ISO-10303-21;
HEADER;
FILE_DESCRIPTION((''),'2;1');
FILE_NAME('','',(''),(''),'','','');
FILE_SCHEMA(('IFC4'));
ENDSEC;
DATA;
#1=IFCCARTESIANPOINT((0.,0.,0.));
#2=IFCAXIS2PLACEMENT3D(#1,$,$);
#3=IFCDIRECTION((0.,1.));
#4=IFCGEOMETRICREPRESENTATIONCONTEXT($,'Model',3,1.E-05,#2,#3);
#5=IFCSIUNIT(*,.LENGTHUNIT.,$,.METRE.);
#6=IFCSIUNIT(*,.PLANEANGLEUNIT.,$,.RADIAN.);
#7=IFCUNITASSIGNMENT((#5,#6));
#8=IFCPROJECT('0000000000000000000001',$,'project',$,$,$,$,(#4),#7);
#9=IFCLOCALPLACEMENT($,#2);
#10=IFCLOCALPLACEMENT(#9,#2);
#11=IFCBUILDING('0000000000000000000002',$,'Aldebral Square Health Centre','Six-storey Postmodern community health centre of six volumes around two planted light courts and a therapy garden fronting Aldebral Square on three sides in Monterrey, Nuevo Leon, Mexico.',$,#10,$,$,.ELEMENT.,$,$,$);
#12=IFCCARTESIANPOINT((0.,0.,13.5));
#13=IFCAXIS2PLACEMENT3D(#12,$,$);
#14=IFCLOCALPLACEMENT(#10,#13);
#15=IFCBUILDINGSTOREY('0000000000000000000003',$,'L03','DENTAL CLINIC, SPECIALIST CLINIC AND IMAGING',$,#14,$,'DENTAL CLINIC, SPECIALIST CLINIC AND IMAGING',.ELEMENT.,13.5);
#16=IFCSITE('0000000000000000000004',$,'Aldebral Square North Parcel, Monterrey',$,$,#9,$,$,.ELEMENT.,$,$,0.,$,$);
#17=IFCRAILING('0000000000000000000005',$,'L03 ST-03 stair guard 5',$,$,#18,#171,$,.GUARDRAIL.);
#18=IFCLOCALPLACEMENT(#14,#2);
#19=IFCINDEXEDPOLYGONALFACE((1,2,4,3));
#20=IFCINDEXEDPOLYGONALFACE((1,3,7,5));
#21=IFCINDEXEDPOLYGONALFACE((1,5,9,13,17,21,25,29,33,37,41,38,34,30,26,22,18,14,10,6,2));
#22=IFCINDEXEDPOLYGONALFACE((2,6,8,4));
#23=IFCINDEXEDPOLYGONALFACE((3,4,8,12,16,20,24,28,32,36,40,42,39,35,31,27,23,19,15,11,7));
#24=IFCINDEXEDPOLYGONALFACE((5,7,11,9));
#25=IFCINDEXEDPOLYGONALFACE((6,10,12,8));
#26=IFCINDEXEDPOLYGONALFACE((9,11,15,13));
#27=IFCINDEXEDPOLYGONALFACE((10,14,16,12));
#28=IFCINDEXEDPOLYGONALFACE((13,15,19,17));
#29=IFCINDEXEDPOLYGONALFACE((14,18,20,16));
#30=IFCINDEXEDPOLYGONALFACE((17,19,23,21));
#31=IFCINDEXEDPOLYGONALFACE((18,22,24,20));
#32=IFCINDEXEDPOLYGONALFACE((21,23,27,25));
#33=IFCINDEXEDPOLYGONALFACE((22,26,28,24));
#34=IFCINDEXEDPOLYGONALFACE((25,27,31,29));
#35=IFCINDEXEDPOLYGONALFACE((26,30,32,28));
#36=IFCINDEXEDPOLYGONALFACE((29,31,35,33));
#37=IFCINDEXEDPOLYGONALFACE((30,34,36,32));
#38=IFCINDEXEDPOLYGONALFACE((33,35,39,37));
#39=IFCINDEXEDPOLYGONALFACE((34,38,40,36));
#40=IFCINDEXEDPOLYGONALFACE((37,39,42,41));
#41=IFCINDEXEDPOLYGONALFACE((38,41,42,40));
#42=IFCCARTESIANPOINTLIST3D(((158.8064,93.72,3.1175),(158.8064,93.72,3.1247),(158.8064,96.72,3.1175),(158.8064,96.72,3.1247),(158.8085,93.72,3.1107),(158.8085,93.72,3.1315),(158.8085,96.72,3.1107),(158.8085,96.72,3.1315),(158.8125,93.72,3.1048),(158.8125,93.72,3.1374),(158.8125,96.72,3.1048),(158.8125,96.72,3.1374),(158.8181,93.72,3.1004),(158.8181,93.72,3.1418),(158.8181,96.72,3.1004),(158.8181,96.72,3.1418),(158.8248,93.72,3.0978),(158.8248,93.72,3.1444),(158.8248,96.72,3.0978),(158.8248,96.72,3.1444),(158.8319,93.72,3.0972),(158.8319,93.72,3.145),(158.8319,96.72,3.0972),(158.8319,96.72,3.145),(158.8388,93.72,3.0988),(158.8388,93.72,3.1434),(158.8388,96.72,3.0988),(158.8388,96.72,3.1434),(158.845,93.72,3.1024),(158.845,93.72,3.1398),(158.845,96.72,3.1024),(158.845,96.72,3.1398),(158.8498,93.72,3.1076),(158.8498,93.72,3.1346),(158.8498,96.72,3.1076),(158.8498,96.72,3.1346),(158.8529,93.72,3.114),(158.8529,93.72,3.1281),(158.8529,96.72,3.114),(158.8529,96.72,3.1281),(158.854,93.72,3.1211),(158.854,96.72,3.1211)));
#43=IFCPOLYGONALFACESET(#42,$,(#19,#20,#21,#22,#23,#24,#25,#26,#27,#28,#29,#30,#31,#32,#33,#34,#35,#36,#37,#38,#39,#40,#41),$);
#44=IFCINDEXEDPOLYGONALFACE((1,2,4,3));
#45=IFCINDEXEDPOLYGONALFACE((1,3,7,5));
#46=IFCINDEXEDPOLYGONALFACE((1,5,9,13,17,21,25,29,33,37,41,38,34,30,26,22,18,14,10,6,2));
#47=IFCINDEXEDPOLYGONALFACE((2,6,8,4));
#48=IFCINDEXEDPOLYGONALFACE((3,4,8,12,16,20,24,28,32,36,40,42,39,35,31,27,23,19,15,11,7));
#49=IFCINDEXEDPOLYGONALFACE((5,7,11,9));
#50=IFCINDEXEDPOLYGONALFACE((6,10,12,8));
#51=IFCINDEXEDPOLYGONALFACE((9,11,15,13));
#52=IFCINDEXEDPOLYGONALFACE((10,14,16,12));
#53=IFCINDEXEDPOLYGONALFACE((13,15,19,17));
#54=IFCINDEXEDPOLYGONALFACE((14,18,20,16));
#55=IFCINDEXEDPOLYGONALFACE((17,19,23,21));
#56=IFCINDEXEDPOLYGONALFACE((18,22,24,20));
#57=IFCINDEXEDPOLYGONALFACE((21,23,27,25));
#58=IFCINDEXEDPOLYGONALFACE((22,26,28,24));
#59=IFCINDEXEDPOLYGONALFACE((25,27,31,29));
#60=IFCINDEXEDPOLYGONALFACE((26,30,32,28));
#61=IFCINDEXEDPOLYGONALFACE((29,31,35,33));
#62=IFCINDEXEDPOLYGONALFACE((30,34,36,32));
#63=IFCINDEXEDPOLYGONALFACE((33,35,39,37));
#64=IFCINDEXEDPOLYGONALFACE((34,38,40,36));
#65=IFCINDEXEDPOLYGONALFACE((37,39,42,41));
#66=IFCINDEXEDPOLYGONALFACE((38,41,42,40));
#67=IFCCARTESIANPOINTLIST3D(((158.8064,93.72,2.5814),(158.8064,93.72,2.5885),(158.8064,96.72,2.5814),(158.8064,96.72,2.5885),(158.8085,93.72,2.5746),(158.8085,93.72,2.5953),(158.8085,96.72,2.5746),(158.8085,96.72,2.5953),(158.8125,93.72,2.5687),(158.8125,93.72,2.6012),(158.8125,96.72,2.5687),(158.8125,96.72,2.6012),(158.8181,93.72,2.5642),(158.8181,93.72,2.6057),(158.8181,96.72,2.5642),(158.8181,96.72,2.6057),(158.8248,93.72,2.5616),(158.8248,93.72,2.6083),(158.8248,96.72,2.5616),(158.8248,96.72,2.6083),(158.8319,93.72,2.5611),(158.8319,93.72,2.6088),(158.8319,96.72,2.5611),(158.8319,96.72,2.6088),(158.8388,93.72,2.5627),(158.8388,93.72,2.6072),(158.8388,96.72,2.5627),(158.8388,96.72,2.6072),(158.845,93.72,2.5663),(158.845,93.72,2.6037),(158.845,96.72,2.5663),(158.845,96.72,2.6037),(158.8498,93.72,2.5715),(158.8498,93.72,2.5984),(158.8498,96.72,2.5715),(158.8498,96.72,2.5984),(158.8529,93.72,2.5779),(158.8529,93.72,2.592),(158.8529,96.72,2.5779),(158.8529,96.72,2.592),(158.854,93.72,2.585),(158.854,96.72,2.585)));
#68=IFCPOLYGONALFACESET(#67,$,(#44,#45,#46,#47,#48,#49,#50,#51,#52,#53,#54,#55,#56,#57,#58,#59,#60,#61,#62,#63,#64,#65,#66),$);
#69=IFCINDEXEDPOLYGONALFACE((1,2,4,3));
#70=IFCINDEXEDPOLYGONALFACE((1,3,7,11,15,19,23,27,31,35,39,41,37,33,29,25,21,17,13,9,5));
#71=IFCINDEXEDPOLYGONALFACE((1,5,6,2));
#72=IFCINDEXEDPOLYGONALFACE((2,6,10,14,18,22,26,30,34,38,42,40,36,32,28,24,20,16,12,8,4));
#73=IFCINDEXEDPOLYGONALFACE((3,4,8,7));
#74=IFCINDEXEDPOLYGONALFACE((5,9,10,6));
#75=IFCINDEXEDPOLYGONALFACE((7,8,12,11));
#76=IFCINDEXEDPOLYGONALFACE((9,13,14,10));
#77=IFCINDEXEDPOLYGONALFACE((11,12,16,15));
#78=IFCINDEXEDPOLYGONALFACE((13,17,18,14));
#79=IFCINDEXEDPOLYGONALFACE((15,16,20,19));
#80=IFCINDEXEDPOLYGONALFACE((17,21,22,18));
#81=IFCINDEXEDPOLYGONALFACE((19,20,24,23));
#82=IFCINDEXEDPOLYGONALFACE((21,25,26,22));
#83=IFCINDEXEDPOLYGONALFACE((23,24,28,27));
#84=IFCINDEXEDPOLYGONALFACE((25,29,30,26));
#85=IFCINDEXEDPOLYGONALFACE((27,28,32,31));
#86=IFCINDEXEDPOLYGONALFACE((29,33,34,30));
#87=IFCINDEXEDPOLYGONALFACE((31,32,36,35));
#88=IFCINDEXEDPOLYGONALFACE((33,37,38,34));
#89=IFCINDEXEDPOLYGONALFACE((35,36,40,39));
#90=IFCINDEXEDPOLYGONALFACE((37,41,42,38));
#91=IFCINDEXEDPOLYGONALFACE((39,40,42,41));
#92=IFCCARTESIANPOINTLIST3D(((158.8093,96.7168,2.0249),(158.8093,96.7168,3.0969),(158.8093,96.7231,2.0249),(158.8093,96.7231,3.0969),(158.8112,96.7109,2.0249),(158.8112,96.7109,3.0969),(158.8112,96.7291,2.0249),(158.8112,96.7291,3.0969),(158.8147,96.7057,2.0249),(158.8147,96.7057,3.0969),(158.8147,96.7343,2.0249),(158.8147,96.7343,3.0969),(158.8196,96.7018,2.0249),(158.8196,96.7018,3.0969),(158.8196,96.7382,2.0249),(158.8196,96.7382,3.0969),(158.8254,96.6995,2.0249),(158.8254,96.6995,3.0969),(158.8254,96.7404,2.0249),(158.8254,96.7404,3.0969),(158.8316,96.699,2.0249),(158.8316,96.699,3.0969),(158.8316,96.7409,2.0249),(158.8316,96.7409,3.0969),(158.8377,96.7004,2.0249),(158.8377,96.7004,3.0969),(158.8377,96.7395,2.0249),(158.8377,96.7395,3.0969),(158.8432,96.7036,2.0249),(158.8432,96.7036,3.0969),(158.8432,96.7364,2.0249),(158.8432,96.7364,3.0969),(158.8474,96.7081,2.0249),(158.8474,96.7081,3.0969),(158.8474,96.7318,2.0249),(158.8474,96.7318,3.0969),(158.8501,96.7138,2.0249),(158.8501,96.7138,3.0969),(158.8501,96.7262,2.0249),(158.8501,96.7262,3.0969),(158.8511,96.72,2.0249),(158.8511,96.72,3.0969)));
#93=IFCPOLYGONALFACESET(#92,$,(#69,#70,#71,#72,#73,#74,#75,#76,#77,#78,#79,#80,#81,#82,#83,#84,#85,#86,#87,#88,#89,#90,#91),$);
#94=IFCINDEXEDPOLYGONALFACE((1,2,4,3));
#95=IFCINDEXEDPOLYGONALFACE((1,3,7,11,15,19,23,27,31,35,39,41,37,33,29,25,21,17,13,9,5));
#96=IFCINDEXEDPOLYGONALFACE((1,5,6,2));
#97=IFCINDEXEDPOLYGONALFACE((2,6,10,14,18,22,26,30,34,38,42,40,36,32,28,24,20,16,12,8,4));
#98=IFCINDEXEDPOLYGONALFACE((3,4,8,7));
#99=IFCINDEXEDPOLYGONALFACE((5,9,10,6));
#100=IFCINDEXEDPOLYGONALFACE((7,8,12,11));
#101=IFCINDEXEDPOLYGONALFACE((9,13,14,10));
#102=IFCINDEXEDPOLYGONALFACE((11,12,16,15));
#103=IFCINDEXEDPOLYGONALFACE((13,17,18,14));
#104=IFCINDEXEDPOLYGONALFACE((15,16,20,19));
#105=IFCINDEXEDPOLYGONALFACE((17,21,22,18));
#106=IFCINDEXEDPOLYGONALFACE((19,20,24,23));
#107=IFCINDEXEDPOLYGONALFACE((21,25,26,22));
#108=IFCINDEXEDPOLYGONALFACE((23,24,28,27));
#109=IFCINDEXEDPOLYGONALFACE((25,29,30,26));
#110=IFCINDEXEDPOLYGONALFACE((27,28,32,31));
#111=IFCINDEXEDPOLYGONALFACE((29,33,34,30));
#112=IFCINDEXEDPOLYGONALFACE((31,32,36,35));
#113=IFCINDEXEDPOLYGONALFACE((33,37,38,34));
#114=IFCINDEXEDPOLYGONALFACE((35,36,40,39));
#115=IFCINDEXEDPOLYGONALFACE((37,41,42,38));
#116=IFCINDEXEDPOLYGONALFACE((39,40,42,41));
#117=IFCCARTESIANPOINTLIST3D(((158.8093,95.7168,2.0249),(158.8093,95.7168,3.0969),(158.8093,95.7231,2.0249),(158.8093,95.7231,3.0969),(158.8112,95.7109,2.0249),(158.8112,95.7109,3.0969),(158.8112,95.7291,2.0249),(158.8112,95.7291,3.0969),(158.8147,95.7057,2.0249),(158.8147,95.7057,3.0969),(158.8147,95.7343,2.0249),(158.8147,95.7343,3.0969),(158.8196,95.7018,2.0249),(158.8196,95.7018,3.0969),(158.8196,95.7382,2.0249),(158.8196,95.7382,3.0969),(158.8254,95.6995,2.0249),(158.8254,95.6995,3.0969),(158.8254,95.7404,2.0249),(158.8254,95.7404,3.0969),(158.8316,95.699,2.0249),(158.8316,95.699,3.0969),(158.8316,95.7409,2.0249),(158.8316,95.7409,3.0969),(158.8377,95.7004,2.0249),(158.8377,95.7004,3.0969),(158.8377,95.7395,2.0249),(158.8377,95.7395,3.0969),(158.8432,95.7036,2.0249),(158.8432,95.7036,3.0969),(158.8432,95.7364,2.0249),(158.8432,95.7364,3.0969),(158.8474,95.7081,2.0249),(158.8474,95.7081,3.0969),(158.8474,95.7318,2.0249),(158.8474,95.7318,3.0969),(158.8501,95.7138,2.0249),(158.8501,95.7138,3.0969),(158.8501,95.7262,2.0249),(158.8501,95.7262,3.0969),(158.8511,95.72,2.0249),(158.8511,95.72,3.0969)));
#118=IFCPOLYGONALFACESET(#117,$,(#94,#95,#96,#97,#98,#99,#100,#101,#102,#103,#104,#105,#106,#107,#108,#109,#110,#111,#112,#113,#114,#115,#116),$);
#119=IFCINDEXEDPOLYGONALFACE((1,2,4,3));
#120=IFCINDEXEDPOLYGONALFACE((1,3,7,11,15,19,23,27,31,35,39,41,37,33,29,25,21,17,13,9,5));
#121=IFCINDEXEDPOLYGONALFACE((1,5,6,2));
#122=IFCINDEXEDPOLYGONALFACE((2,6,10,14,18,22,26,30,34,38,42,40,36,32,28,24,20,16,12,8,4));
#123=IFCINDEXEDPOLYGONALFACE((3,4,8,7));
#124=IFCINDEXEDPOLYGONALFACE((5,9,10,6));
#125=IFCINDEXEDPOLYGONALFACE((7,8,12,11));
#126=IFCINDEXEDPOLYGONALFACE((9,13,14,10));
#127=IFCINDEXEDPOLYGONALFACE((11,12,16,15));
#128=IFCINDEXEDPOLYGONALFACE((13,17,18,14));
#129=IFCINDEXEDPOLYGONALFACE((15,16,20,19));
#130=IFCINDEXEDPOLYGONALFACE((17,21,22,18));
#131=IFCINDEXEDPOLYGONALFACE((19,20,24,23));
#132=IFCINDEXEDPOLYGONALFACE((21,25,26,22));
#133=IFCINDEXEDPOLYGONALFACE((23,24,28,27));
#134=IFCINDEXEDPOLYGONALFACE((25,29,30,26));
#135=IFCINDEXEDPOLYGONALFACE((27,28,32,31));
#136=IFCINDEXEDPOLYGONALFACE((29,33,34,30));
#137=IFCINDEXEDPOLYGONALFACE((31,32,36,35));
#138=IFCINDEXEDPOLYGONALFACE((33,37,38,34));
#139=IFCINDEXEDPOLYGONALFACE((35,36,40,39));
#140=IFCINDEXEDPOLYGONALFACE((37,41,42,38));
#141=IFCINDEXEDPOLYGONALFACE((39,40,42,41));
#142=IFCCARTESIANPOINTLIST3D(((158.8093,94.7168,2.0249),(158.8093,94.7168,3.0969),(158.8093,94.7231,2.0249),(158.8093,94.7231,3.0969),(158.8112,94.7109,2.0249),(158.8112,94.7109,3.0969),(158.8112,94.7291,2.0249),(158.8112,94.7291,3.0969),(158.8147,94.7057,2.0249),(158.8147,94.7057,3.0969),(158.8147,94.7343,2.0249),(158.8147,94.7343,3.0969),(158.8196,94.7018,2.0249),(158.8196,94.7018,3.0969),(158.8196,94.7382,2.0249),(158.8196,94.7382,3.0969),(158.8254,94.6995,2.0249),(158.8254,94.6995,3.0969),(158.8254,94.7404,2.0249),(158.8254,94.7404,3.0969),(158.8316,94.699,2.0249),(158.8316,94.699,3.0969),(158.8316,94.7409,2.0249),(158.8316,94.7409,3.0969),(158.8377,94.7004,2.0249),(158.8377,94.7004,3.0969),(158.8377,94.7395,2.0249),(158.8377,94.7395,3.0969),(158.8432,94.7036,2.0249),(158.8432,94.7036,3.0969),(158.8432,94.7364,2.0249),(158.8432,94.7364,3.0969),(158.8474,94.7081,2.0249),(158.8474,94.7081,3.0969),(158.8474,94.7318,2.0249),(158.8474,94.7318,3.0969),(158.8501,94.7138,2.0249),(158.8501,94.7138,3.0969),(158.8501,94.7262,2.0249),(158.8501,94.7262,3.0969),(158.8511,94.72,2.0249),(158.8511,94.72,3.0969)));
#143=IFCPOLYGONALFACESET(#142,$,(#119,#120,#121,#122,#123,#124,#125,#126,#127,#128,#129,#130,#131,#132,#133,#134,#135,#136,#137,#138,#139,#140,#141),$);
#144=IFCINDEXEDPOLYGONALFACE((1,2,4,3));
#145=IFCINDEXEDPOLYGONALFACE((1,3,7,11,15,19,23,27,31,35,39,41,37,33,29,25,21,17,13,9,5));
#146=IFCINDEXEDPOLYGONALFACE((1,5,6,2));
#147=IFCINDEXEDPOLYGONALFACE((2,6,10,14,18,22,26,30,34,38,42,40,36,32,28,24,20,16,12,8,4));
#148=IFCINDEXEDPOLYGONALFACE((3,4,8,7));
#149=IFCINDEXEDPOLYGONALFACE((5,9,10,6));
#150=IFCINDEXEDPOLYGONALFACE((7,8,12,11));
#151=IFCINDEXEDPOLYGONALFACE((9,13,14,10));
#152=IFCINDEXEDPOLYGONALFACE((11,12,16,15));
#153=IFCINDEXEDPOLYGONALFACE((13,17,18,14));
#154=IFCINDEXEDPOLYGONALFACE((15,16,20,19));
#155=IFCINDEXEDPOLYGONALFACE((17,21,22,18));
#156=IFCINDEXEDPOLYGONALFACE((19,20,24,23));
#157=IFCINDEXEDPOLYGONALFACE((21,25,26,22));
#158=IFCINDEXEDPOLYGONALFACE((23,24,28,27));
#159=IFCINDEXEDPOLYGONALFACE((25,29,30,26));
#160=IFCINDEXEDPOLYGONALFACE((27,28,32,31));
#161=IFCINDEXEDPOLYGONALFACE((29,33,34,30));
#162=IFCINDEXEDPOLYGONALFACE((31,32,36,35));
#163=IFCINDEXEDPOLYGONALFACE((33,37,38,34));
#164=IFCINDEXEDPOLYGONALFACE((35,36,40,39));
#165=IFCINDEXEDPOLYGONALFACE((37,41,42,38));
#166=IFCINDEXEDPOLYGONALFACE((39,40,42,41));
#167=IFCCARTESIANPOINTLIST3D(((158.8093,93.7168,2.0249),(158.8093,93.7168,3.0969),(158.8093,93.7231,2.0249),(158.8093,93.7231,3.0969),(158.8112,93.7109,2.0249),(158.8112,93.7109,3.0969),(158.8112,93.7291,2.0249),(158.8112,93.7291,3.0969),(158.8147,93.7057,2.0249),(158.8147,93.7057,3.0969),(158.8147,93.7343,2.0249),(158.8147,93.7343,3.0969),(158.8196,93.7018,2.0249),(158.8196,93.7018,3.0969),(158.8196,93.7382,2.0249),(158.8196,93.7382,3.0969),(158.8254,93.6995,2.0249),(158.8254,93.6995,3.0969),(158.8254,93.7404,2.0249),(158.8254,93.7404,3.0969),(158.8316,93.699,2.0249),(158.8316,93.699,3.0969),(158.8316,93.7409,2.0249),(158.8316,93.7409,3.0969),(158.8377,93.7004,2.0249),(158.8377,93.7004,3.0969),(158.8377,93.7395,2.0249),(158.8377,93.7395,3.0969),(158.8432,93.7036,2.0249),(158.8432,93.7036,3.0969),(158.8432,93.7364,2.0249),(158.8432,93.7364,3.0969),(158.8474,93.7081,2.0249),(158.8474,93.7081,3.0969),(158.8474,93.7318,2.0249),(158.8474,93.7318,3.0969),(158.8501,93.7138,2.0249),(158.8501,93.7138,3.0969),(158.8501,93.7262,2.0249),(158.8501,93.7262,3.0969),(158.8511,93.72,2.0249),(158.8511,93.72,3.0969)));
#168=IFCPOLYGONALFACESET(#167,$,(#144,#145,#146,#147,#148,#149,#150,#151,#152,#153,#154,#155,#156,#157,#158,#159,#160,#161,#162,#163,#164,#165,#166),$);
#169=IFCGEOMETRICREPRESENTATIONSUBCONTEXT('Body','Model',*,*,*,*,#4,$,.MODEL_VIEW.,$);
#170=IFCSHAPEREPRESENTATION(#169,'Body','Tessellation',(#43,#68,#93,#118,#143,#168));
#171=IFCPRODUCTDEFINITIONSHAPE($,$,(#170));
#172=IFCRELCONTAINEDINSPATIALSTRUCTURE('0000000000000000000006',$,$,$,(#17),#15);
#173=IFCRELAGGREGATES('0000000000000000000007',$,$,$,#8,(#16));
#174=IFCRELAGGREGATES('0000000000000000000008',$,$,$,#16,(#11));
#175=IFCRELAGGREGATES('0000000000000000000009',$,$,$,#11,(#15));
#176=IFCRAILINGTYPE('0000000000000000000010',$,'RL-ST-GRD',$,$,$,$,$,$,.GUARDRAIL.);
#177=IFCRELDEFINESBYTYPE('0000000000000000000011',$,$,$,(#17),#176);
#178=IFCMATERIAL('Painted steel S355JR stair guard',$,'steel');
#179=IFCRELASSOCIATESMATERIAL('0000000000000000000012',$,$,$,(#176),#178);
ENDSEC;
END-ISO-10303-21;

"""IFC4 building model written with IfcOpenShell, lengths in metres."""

from ifc_helpers import new_model, si_unit, direction, frame, origin, origin_2d, place, context, subcontext, project, spatial, circle, extrude, material, type_object, element, save


model = new_model("IFC4")

# Units and contexts
model_context = context("Model", 3, precision=1e-05, world=origin(), true_north=direction((0.0, 1.0)))
body_context = subcontext(model_context, "Body", "Model", "MODEL_VIEW")
ifc_project = project(units=[si_unit("LENGTHUNIT", "METRE"), si_unit("PLANEANGLEUNIT", "RADIAN")], contexts=[model_context])

# Site, building, storey
site_placement = place(None, origin())
site = spatial("IfcSite", under=ifc_project, at=site_placement, Name="Aldebral Square North Parcel, Monterrey", CompositionType="ELEMENT", RefElevation=0.0)
building_placement = place(site_placement, origin())
building = spatial("IfcBuilding", under=site, at=building_placement, Name="Aldebral Square Health Centre", Description="Six-storey Postmodern community health centre of six volumes around two planted light courts and a therapy garden fronting Aldebral Square on three sides in Monterrey, Nuevo Leon, Mexico.", CompositionType="ELEMENT")
storey_placement = place(building_placement, frame((0.0, 0.0, 13.5)))
storey = spatial("IfcBuildingStorey", under=building, at=storey_placement, Name="L03", Description="DENTAL CLINIC, SPECIALIST CLINIC AND IMAGING", LongName="DENTAL CLINIC, SPECIALIST CLINIC AND IMAGING", CompositionType="ELEMENT", Elevation=13.5)

# Railing
ifc_material_1 = material(Name="Painted steel S355JR stair guard", Category="steel")
railing_type = type_object("IfcRailingType", Name="RL-ST-GRD", PredefinedType="GUARDRAIL", material=ifc_material_1)
railing_1_placement = place(storey_placement, frame((158.8301, 96.72, 2.0249)))
element("IfcRailing", 1, at=railing_1_placement, inside=storey, type_object=railing_type, Name="L03 ST-03 stair guard 5", PredefinedType="GUARDRAIL", context=body_context, shape_type="SweptSolid", body=[
    extrude(circle(Radius=0.0239, at=origin_2d()), frame((0.0, 0.0, 1.0962), z_axis=(0.0, -1.0, 0.0), x_axis=(1.0, 0.0, 0.0)), (0.0, 0.0, 1.0), 3.0),
    extrude(circle(Radius=0.0239, at=origin_2d()), frame((0.0, 0.0, 0.5601), z_axis=(0.0, -1.0, 0.0), x_axis=(1.0, 0.0, 0.0)), (0.0, 0.0, 1.0), 3.0),
    extrude(circle(Radius=0.021, at=origin_2d()), origin(), (0.0, 0.0, 1.0), 1.072),
    extrude(circle(Radius=0.021, at=origin_2d()), frame((0.0, -1.0, 0.0)), (0.0, 0.0, 1.0), 1.072),
    extrude(circle(Radius=0.021, at=origin_2d()), frame((0.0, -2.0, 0.0)), (0.0, 0.0, 1.0), 1.072),
    extrude(circle(Radius=0.021, at=origin_2d()), frame((0.0, -3.0, 0.0)), (0.0, 0.0, 1.0), 1.072),
])

save(model, "model.ifc")
